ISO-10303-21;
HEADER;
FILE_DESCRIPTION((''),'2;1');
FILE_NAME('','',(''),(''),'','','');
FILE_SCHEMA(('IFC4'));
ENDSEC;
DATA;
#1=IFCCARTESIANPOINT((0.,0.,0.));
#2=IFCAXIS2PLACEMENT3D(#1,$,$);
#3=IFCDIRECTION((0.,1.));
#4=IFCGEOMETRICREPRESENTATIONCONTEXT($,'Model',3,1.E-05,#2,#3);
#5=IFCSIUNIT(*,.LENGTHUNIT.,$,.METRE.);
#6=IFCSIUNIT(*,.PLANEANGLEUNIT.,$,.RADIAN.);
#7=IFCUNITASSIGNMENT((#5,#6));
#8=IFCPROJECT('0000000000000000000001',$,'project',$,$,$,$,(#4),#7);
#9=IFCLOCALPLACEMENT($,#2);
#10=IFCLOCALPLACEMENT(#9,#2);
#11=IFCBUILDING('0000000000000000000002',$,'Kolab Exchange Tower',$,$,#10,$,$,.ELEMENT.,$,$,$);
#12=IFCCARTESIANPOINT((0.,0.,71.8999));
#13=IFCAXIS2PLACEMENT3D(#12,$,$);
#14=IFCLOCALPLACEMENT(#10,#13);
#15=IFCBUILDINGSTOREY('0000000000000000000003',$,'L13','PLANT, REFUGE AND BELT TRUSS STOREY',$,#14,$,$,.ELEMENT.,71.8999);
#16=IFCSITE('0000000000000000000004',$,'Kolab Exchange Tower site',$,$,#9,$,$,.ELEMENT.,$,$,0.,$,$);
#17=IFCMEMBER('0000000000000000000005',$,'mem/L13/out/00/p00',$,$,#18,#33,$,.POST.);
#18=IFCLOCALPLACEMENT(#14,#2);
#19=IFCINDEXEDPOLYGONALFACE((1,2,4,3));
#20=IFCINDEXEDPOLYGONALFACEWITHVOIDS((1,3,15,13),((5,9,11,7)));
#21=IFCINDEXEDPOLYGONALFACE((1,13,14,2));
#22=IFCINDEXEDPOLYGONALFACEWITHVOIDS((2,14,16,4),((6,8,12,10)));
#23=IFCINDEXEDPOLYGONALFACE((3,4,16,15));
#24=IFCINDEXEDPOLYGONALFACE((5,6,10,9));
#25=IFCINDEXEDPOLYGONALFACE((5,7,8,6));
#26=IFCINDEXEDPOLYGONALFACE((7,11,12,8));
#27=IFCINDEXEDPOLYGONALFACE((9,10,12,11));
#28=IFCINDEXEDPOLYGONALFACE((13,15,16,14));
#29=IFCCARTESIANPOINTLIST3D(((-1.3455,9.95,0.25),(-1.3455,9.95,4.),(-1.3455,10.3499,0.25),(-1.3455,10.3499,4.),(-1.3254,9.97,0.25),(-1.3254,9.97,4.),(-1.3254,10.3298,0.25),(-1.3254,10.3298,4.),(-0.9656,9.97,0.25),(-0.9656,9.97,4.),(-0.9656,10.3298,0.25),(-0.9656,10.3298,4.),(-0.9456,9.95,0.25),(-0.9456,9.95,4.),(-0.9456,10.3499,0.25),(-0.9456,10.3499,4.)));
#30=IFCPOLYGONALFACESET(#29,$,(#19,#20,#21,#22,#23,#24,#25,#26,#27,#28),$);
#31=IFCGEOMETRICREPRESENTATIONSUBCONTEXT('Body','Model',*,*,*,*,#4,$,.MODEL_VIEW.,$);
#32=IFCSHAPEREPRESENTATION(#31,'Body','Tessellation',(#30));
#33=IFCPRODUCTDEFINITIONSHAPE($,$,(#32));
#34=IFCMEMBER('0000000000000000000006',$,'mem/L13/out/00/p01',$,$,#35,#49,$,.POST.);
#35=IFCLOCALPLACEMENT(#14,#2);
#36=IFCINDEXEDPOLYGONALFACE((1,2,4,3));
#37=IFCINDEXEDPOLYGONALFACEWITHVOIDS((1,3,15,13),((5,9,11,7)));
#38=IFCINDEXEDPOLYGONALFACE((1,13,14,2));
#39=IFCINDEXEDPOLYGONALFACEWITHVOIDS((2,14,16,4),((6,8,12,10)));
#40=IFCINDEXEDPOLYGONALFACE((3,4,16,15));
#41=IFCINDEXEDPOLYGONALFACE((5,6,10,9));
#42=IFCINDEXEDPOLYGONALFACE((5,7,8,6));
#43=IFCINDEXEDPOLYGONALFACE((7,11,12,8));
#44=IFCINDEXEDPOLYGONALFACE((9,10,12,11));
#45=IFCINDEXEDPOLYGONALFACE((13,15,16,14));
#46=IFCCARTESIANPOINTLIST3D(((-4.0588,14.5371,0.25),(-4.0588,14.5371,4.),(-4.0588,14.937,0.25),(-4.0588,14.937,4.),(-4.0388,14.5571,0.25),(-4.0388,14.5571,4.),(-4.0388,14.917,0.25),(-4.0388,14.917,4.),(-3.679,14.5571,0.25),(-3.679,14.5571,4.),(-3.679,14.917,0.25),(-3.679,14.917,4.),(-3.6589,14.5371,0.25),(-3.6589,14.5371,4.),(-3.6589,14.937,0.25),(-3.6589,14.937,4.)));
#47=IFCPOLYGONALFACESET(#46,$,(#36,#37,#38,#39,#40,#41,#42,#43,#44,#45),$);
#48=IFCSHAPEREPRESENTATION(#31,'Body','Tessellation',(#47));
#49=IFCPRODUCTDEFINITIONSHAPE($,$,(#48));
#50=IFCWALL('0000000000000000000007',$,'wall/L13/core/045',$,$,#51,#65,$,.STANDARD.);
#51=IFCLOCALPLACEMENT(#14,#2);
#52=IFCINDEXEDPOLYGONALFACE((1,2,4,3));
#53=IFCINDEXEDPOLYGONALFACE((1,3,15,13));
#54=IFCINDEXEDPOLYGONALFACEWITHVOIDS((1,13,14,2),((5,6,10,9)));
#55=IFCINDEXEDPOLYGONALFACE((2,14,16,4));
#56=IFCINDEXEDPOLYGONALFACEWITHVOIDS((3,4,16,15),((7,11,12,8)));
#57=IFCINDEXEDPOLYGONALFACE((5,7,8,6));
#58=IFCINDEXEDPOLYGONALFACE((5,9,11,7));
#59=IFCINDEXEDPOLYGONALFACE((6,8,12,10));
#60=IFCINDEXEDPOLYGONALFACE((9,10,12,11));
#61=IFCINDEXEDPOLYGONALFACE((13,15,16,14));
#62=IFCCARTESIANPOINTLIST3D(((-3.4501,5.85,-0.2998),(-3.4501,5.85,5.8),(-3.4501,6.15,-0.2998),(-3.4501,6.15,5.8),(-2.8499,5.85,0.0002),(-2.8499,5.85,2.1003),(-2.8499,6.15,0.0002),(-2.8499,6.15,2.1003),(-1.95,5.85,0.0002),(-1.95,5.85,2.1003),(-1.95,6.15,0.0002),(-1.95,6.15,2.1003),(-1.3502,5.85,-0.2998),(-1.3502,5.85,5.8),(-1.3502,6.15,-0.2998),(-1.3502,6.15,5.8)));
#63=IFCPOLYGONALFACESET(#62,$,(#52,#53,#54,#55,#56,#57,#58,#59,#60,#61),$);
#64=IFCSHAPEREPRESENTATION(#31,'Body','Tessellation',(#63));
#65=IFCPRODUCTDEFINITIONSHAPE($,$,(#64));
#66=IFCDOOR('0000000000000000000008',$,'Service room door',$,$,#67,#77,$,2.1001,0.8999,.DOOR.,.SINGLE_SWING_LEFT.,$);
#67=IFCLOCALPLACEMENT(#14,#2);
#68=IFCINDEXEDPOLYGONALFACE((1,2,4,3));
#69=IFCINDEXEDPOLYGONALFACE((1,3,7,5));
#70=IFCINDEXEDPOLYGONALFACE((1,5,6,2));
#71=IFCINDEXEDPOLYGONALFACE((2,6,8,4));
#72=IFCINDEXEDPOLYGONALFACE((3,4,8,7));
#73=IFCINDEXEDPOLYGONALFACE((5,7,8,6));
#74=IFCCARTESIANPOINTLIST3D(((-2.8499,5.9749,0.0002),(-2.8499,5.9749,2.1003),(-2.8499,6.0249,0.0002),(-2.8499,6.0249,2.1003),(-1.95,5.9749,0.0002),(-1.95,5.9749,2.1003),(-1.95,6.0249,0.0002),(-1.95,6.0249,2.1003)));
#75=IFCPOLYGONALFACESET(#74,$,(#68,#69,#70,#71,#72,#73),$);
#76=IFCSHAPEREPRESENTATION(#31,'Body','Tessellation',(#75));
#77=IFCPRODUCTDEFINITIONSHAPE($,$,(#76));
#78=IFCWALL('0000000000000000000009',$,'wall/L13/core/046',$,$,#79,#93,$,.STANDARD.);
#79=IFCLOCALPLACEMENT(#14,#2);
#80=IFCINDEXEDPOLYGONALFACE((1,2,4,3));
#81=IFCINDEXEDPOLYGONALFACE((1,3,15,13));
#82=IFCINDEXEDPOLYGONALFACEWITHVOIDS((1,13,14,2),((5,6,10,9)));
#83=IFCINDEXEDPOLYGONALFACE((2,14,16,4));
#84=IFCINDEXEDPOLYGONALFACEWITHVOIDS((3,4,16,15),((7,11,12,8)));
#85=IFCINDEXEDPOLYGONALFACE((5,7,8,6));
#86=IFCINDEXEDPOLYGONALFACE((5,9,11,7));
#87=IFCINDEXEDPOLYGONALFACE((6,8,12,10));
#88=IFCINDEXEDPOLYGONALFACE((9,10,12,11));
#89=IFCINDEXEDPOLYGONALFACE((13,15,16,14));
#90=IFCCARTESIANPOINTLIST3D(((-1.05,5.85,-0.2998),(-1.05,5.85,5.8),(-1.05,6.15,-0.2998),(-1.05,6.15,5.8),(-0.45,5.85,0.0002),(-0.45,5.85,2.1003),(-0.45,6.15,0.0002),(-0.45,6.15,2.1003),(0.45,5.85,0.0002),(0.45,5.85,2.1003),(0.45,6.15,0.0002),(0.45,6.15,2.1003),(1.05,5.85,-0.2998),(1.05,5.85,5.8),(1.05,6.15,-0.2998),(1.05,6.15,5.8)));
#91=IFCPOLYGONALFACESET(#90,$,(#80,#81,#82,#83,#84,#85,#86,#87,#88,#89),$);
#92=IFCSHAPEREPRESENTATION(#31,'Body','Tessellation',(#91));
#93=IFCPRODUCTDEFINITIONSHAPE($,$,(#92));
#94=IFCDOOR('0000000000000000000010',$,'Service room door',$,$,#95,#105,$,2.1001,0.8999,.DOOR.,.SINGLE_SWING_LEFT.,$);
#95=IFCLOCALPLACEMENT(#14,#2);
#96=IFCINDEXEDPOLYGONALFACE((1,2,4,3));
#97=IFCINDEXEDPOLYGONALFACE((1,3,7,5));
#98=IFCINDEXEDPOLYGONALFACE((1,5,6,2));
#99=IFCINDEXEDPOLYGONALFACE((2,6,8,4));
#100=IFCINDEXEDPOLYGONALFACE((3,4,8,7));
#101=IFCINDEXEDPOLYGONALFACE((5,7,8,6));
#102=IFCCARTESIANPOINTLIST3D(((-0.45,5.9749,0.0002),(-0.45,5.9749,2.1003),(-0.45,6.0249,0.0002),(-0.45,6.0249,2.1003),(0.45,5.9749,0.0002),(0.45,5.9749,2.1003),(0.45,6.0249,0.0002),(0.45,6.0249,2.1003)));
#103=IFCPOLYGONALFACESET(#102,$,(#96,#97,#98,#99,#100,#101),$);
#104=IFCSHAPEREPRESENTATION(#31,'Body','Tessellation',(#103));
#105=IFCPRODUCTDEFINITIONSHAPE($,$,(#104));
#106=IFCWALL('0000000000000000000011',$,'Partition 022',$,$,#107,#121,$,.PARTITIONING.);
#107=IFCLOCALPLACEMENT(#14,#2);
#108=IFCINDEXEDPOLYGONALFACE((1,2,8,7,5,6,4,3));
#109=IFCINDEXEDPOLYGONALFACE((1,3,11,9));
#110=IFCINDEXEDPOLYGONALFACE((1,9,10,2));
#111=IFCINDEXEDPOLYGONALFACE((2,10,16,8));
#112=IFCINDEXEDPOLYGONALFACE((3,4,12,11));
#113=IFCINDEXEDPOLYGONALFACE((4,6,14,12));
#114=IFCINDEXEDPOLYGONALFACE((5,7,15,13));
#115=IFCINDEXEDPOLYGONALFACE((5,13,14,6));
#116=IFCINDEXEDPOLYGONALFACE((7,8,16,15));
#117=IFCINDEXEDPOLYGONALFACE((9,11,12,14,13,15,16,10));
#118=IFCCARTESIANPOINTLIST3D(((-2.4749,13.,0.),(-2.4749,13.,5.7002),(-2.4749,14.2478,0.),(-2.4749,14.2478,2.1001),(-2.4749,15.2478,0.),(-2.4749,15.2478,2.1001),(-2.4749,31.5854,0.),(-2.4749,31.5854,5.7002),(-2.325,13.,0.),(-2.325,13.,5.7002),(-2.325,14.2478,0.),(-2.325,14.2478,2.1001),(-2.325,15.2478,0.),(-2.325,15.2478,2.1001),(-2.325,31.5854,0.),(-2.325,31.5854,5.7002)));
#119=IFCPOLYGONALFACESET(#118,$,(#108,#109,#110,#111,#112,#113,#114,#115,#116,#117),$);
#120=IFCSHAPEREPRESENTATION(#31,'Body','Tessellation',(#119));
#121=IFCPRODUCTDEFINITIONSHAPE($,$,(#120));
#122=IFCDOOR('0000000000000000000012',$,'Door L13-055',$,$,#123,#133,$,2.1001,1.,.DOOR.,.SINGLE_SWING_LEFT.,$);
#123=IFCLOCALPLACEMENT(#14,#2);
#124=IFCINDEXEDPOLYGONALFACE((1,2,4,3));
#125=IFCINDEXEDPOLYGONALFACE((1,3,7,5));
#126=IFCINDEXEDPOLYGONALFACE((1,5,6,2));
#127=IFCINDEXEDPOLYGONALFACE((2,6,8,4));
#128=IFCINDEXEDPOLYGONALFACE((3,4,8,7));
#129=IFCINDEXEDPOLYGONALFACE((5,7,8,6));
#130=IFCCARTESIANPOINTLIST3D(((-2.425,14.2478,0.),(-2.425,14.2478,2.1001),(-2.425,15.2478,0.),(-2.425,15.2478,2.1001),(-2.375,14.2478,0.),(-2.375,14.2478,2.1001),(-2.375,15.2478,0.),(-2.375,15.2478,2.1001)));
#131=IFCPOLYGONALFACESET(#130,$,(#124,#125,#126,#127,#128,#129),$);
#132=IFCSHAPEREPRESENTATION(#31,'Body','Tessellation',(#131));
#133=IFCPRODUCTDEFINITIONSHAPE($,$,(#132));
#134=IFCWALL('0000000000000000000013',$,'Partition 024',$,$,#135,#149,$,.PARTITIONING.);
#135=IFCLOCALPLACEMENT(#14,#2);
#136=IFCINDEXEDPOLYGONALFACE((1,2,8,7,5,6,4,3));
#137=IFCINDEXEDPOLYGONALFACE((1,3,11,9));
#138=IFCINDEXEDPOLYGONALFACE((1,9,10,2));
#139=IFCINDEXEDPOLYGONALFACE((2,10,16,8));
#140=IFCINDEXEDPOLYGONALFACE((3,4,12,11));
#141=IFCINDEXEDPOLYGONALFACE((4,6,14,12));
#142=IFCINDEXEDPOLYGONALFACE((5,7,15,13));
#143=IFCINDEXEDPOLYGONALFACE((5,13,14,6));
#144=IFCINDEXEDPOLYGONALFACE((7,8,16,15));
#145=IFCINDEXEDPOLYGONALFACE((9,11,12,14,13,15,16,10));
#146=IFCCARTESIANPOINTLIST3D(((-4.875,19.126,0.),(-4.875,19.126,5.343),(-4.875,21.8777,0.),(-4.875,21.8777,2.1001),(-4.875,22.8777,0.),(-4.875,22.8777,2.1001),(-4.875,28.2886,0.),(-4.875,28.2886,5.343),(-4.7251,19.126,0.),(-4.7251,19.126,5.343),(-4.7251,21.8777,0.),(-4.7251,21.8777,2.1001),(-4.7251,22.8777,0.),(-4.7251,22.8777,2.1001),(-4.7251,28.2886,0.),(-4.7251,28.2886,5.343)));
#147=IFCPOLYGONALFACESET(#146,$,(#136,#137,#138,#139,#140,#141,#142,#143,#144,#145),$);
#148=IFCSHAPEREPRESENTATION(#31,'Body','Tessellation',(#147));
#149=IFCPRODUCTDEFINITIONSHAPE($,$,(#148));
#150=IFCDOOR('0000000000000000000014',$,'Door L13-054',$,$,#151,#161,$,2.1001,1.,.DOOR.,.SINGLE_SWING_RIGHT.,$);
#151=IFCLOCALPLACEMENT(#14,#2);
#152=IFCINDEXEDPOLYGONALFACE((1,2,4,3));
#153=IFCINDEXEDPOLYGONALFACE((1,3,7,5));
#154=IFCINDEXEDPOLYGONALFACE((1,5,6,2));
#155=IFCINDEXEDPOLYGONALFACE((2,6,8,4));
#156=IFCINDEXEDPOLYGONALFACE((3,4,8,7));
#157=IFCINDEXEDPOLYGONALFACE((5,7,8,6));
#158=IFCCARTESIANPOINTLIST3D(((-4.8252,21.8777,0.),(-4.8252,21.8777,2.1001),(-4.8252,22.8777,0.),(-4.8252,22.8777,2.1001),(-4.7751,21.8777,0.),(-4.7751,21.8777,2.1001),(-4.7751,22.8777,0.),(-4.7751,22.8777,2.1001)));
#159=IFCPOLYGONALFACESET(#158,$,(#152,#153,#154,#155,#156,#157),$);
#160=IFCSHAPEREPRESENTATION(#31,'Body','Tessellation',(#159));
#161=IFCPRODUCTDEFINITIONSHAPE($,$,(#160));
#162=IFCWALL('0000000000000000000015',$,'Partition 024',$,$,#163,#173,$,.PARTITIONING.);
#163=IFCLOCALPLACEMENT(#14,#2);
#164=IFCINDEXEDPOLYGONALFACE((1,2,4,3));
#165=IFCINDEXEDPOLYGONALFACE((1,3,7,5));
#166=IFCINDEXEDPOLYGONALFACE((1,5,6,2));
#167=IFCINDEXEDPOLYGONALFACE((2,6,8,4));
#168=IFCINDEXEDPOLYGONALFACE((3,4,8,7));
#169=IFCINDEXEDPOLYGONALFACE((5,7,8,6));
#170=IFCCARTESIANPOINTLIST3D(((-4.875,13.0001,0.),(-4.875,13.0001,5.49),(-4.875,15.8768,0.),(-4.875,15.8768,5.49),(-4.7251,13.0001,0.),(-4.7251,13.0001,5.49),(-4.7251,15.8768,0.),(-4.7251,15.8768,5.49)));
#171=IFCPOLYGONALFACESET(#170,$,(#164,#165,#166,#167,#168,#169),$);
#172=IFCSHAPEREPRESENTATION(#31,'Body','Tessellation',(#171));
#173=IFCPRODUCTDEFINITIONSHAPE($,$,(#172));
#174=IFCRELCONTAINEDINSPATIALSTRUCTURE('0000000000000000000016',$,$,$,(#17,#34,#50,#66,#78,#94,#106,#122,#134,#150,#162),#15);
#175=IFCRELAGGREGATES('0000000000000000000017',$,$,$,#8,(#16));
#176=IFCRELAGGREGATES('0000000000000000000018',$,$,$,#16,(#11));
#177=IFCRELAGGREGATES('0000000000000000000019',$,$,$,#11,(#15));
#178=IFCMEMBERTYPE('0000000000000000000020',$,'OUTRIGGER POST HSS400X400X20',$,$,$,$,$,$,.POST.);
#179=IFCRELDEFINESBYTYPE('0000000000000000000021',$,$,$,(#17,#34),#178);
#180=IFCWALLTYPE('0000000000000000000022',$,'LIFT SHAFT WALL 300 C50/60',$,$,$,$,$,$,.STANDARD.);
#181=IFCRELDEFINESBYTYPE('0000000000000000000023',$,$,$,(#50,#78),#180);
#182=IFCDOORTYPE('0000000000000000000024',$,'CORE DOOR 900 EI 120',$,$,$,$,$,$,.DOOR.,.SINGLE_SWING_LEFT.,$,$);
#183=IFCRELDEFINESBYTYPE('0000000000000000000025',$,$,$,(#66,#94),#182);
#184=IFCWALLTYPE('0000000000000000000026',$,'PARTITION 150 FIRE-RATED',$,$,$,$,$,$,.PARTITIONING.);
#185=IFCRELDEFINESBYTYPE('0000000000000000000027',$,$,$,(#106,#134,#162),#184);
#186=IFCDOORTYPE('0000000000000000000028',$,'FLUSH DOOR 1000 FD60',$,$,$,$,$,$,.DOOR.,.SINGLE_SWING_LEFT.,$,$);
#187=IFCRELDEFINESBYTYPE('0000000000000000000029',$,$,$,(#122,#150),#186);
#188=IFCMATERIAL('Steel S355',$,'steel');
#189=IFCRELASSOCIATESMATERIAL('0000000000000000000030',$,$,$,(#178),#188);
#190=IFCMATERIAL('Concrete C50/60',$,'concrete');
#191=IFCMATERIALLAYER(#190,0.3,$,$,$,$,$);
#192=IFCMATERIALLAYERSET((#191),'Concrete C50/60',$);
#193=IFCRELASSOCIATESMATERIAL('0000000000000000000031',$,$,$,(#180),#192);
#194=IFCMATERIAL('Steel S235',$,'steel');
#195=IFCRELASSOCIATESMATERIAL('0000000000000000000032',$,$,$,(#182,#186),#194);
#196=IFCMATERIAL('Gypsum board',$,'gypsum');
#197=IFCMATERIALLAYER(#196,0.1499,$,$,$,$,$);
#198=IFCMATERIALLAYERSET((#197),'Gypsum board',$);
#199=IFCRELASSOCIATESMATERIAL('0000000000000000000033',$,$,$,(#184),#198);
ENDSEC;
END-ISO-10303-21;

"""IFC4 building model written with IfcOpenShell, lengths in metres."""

from ifc_helpers import new_model, si_unit, direction, frame, frame_2d, origin, origin_2d, place, context, subcontext, project, spatial, rectangle, hollow_rectangle, extrude, material, layer, layer_set, material_profile, profile_set, type_object, element, fill, save


model = new_model("IFC4")

# Units and contexts
model_context = context("Model", 3, precision=1e-05, world=origin(), true_north=direction((0.0, 1.0)))
body_context = subcontext(model_context, "Body", "Model", "MODEL_VIEW")
ifc_project = project(units=[si_unit("LENGTHUNIT", "METRE"), si_unit("PLANEANGLEUNIT", "RADIAN")], contexts=[model_context])

# Site, building, storey
site_placement = place(None, origin())
site = spatial("IfcSite", under=ifc_project, at=site_placement, Name="Kolab Exchange Tower site", CompositionType="ELEMENT", RefElevation=0.0)
building_placement = place(site_placement, origin())
building = spatial("IfcBuilding", under=site, at=building_placement, Name="Kolab Exchange Tower", CompositionType="ELEMENT")
storey_placement = place(building_placement, frame((0.0, 0.0, 71.8999)))
storey = spatial("IfcBuildingStorey", under=building, at=storey_placement, Name="L13", Description="PLANT, REFUGE AND BELT TRUSS STOREY", CompositionType="ELEMENT", Elevation=71.8999)

# Shared definitions
ifc_material_1 = material(Name="Steel S355", Category="steel")

# Members
ifc_material_profile_1 = material_profile(ifc_material_1, hollow_rectangle(XDim=0.3999, YDim=0.3999, WallThickness=0.02, at=origin_2d()), Name="HSS400X400X20")
ifc_profile_set_1 = profile_set([ifc_material_profile_1], Name="Steel S355")
member_type_1 = type_object("IfcMemberType", Name="OUTRIGGER POST HSS400X400X20", PredefinedType="POST", material=ifc_profile_set_1)
for number, where, z_axis, x_axis, name in (
    (1, (-1.1455, 10.1499, 0.25), (0.0, 0.0, 1.0), (1.0, 0.0, 0.0), "mem/L13/out/00/p00"),
    (2, (-3.8589, 14.7371, 0.25), (0.0, 0.0, 1.0), (1.0, 0.0, 0.0), "mem/L13/out/00/p01"),
):
    element("IfcMember", number, at=place(storey_placement, frame(where, z_axis=z_axis, x_axis=x_axis)), inside=storey, type_object=member_type_1, Name=name, PredefinedType="POST", context=body_context, shape_type="SweptSolid", body=[
        extrude(hollow_rectangle(XDim=0.3999, YDim=0.3999, WallThickness=0.02, at=origin_2d()), origin(), (0.0, 0.0, 1.0), 3.75),
    ])

# Walls, openings, doors
ifc_material_2 = material(Name="Concrete C50/60", Category="concrete")
ifc_layer_1 = layer(ifc_material_2, 0.3)
ifc_layer_set_1 = layer_set([ifc_layer_1], Name="Concrete C50/60")
wall_type_1 = type_object("IfcWallType", Name="LIFT SHAFT WALL 300 C50/60", PredefinedType="STANDARD", material=ifc_layer_set_1)
wall_1_placement = place(storey_placement, frame((-3.45, 6.0, -0.2998), z_axis=(0.0, 0.0, 1.0), x_axis=(1.0, 0.0, 0.0)))
wall_1 = element("IfcWall", 3, at=wall_1_placement, inside=storey, type_object=wall_type_1, Name="wall/L13/core/045", PredefinedType="STANDARD", context=body_context, shape_type="SweptSolid", body=[
    extrude(rectangle(XDim=2.0999, YDim=0.3, at=frame_2d((1.0498, 0.0))), origin(), (0.0, 0.0, 1.0), 6.0999),
])
opening_1_placement = place(wall_1_placement, frame((0.6001, 0.0, 0.3)))
opening_1 = element("IfcOpeningElement", 4, at=opening_1_placement, cuts=wall_1, PredefinedType="OPENING", context=body_context, shape_type="SweptSolid", body=[
    extrude(rectangle(XDim=0.8999, YDim=2.1001, at=frame_2d((0.45, 1.05))), frame((0.0, 0.1602, 0.0), z_axis=(0.0, -1.0, 0.0), x_axis=(1.0, 0.0, 0.0)), (0.0, 0.0, 1.0), 0.3201),
])
ifc_material_3 = material(Name="Steel S235", Category="steel")
door_type_1 = type_object("IfcDoorType", Name="CORE DOOR 900 EI 120", OperationType="SINGLE_SWING_LEFT", PredefinedType="DOOR", material=ifc_material_3)
door_1_placement = place(opening_1_placement, origin())
door_1 = element("IfcDoor", 5, at=door_1_placement, inside=storey, type_object=door_type_1, Name="Service room door", OperationType="SINGLE_SWING_LEFT", OverallHeight=2.1001, OverallWidth=0.8999, PredefinedType="DOOR", context=body_context, shape_type="SweptSolid", body=[
    extrude(rectangle(XDim=0.8999, YDim=2.1001, at=frame_2d((0.45, 1.05))), frame((0.0, 0.0249, 0.0), z_axis=(0.0, -1.0, 0.0), x_axis=(1.0, 0.0, 0.0)), (0.0, 0.0, 1.0), 0.05),
])
fill(opening_1, door_1)
wall_2_placement = place(storey_placement, frame((-1.05, 6.0, -0.2998), z_axis=(0.0, 0.0, 1.0), x_axis=(1.0, 0.0, 0.0)))
wall_2 = element("IfcWall", 6, at=wall_2_placement, inside=storey, type_object=wall_type_1, Name="wall/L13/core/046", PredefinedType="STANDARD", context=body_context, shape_type="SweptSolid", body=[
    extrude(rectangle(XDim=2.1001, YDim=0.3, at=frame_2d((1.05, 0.0))), origin(), (0.0, 0.0, 1.0), 6.0999),
])
opening_2_placement = place(wall_2_placement, frame((0.6001, 0.0, 0.3)))
opening_2 = element("IfcOpeningElement", 7, at=opening_2_placement, cuts=wall_2, PredefinedType="OPENING", context=body_context, shape_type="SweptSolid", body=[
    extrude(rectangle(XDim=0.8999, YDim=2.1001, at=frame_2d((0.45, 1.05))), frame((0.0, 0.1602, 0.0), z_axis=(0.0, -1.0, 0.0), x_axis=(1.0, 0.0, 0.0)), (0.0, 0.0, 1.0), 0.3201),
])
door_2_placement = place(opening_2_placement, origin())
door_2 = element("IfcDoor", 8, at=door_2_placement, inside=storey, type_object=door_type_1, Name="Service room door", OperationType="SINGLE_SWING_LEFT", OverallHeight=2.1001, OverallWidth=0.8999, PredefinedType="DOOR", context=body_context, shape_type="SweptSolid", body=[
    extrude(rectangle(XDim=0.8999, YDim=2.1001, at=frame_2d((0.45, 1.05))), frame((0.0, 0.0249, 0.0), z_axis=(0.0, -1.0, 0.0), x_axis=(1.0, 0.0, 0.0)), (0.0, 0.0, 1.0), 0.05),
])
fill(opening_2, door_2)
ifc_material_4 = material(Name="Gypsum board", Category="gypsum")
ifc_layer_2 = layer(ifc_material_4, 0.1499)
ifc_layer_set_2 = layer_set([ifc_layer_2], Name="Gypsum board")
wall_type_2 = type_object("IfcWallType", Name="PARTITION 150 FIRE-RATED", PredefinedType="PARTITIONING", material=ifc_layer_set_2)
wall_3_placement = place(storey_placement, frame((-2.3999, 13.0, 0.0), z_axis=(0.0, 0.0, 1.0), x_axis=(0.0, 1.0, 0.0)))
wall_3 = element("IfcWall", 9, at=wall_3_placement, inside=storey, type_object=wall_type_2, Name="Partition 022", PredefinedType="PARTITIONING", context=body_context, shape_type="SweptSolid", body=[
    extrude(rectangle(XDim=18.5854, YDim=0.1499, at=frame_2d((9.2927, 0.0))), origin(), (0.0, 0.0, 1.0), 5.7002),
])
opening_3_placement = place(wall_3_placement, frame((1.2478, 0.0, 0.0)))
opening_3 = element("IfcOpeningElement", 10, at=opening_3_placement, cuts=wall_3, PredefinedType="OPENING", context=body_context, shape_type="SweptSolid", body=[
    extrude(rectangle(XDim=1.0, YDim=2.1001, at=frame_2d((0.5, 1.05))), frame((0.0, 0.085, 0.0), z_axis=(0.0, -1.0, 0.0), x_axis=(1.0, 0.0, 0.0)), (0.0, 0.0, 1.0), 0.1699),
])
door_type_2 = type_object("IfcDoorType", Name="FLUSH DOOR 1000 FD60", OperationType="SINGLE_SWING_LEFT", PredefinedType="DOOR", material=ifc_material_3)
door_3_placement = place(opening_3_placement, frame((1.0, 0.0, 0.0), z_axis=(0.0, 0.0, 1.0), x_axis=(-1.0, 0.0, 0.0)))
door_3 = element("IfcDoor", 11, at=door_3_placement, inside=storey, type_object=door_type_2, Name="Door L13-055", OperationType="SINGLE_SWING_LEFT", OverallHeight=2.1001, OverallWidth=1.0, PredefinedType="DOOR", context=body_context, shape_type="SweptSolid", body=[
    extrude(rectangle(XDim=1.0, YDim=2.1001, at=frame_2d((0.5, 1.05))), frame((0.0, 0.0249, 0.0), z_axis=(0.0, -1.0, 0.0), x_axis=(1.0, 0.0, 0.0)), (0.0, 0.0, 1.0), 0.05),
])
fill(opening_3, door_3)
wall_4_placement = place(storey_placement, frame((-4.8, 19.126, 0.0), z_axis=(0.0, 0.0, 1.0), x_axis=(0.0, 1.0, 0.0)))
wall_4 = element("IfcWall", 12, at=wall_4_placement, inside=storey, type_object=wall_type_2, Name="Partition 024", PredefinedType="PARTITIONING", context=body_context, shape_type="SweptSolid", body=[
    extrude(rectangle(XDim=9.1626, YDim=0.1499, at=frame_2d((4.5813, 0.0))), origin(), (0.0, 0.0, 1.0), 5.343),
])
opening_4_placement = place(wall_4_placement, frame((2.7517, 0.0, 0.0)))
opening_4 = element("IfcOpeningElement", 13, at=opening_4_placement, cuts=wall_4, PredefinedType="OPENING", context=body_context, shape_type="SweptSolid", body=[
    extrude(rectangle(XDim=1.0, YDim=2.1001, at=frame_2d((0.5, 1.05))), frame((0.0, 0.085, 0.0), z_axis=(0.0, -1.0, 0.0), x_axis=(1.0, 0.0, 0.0)), (0.0, 0.0, 1.0), 0.1699),
])
door_4_placement = place(opening_4_placement, frame((1.0, 0.0, 0.0), z_axis=(0.0, 0.0, 1.0), x_axis=(-1.0, 0.0, 0.0)))
door_4 = element("IfcDoor", 14, at=door_4_placement, inside=storey, type_object=door_type_2, Name="Door L13-054", OperationType="SINGLE_SWING_RIGHT", OverallHeight=2.1001, OverallWidth=1.0, PredefinedType="DOOR", context=body_context, shape_type="SweptSolid", body=[
    extrude(rectangle(XDim=1.0, YDim=2.1001, at=frame_2d((0.5, 1.05))), frame((0.0, 0.0249, 0.0), z_axis=(0.0, -1.0, 0.0), x_axis=(1.0, 0.0, 0.0)), (0.0, 0.0, 1.0), 0.05),
])
fill(opening_4, door_4)

# Wall
wall_5_placement = place(storey_placement, frame((-4.8, 13.0, 0.0), z_axis=(0.0, 0.0, 1.0), x_axis=(0.0, 1.0, 0.0)))
element("IfcWall", 15, at=wall_5_placement, inside=storey, type_object=wall_type_2, Name="Partition 024", PredefinedType="PARTITIONING", context=body_context, shape_type="SweptSolid", body=[
    extrude(rectangle(XDim=2.8767, YDim=0.1499, at=frame_2d((1.4385, 0.0))), origin(), (0.0, 0.0, 1.0), 5.49),
])

save(model, "model.ifc")
